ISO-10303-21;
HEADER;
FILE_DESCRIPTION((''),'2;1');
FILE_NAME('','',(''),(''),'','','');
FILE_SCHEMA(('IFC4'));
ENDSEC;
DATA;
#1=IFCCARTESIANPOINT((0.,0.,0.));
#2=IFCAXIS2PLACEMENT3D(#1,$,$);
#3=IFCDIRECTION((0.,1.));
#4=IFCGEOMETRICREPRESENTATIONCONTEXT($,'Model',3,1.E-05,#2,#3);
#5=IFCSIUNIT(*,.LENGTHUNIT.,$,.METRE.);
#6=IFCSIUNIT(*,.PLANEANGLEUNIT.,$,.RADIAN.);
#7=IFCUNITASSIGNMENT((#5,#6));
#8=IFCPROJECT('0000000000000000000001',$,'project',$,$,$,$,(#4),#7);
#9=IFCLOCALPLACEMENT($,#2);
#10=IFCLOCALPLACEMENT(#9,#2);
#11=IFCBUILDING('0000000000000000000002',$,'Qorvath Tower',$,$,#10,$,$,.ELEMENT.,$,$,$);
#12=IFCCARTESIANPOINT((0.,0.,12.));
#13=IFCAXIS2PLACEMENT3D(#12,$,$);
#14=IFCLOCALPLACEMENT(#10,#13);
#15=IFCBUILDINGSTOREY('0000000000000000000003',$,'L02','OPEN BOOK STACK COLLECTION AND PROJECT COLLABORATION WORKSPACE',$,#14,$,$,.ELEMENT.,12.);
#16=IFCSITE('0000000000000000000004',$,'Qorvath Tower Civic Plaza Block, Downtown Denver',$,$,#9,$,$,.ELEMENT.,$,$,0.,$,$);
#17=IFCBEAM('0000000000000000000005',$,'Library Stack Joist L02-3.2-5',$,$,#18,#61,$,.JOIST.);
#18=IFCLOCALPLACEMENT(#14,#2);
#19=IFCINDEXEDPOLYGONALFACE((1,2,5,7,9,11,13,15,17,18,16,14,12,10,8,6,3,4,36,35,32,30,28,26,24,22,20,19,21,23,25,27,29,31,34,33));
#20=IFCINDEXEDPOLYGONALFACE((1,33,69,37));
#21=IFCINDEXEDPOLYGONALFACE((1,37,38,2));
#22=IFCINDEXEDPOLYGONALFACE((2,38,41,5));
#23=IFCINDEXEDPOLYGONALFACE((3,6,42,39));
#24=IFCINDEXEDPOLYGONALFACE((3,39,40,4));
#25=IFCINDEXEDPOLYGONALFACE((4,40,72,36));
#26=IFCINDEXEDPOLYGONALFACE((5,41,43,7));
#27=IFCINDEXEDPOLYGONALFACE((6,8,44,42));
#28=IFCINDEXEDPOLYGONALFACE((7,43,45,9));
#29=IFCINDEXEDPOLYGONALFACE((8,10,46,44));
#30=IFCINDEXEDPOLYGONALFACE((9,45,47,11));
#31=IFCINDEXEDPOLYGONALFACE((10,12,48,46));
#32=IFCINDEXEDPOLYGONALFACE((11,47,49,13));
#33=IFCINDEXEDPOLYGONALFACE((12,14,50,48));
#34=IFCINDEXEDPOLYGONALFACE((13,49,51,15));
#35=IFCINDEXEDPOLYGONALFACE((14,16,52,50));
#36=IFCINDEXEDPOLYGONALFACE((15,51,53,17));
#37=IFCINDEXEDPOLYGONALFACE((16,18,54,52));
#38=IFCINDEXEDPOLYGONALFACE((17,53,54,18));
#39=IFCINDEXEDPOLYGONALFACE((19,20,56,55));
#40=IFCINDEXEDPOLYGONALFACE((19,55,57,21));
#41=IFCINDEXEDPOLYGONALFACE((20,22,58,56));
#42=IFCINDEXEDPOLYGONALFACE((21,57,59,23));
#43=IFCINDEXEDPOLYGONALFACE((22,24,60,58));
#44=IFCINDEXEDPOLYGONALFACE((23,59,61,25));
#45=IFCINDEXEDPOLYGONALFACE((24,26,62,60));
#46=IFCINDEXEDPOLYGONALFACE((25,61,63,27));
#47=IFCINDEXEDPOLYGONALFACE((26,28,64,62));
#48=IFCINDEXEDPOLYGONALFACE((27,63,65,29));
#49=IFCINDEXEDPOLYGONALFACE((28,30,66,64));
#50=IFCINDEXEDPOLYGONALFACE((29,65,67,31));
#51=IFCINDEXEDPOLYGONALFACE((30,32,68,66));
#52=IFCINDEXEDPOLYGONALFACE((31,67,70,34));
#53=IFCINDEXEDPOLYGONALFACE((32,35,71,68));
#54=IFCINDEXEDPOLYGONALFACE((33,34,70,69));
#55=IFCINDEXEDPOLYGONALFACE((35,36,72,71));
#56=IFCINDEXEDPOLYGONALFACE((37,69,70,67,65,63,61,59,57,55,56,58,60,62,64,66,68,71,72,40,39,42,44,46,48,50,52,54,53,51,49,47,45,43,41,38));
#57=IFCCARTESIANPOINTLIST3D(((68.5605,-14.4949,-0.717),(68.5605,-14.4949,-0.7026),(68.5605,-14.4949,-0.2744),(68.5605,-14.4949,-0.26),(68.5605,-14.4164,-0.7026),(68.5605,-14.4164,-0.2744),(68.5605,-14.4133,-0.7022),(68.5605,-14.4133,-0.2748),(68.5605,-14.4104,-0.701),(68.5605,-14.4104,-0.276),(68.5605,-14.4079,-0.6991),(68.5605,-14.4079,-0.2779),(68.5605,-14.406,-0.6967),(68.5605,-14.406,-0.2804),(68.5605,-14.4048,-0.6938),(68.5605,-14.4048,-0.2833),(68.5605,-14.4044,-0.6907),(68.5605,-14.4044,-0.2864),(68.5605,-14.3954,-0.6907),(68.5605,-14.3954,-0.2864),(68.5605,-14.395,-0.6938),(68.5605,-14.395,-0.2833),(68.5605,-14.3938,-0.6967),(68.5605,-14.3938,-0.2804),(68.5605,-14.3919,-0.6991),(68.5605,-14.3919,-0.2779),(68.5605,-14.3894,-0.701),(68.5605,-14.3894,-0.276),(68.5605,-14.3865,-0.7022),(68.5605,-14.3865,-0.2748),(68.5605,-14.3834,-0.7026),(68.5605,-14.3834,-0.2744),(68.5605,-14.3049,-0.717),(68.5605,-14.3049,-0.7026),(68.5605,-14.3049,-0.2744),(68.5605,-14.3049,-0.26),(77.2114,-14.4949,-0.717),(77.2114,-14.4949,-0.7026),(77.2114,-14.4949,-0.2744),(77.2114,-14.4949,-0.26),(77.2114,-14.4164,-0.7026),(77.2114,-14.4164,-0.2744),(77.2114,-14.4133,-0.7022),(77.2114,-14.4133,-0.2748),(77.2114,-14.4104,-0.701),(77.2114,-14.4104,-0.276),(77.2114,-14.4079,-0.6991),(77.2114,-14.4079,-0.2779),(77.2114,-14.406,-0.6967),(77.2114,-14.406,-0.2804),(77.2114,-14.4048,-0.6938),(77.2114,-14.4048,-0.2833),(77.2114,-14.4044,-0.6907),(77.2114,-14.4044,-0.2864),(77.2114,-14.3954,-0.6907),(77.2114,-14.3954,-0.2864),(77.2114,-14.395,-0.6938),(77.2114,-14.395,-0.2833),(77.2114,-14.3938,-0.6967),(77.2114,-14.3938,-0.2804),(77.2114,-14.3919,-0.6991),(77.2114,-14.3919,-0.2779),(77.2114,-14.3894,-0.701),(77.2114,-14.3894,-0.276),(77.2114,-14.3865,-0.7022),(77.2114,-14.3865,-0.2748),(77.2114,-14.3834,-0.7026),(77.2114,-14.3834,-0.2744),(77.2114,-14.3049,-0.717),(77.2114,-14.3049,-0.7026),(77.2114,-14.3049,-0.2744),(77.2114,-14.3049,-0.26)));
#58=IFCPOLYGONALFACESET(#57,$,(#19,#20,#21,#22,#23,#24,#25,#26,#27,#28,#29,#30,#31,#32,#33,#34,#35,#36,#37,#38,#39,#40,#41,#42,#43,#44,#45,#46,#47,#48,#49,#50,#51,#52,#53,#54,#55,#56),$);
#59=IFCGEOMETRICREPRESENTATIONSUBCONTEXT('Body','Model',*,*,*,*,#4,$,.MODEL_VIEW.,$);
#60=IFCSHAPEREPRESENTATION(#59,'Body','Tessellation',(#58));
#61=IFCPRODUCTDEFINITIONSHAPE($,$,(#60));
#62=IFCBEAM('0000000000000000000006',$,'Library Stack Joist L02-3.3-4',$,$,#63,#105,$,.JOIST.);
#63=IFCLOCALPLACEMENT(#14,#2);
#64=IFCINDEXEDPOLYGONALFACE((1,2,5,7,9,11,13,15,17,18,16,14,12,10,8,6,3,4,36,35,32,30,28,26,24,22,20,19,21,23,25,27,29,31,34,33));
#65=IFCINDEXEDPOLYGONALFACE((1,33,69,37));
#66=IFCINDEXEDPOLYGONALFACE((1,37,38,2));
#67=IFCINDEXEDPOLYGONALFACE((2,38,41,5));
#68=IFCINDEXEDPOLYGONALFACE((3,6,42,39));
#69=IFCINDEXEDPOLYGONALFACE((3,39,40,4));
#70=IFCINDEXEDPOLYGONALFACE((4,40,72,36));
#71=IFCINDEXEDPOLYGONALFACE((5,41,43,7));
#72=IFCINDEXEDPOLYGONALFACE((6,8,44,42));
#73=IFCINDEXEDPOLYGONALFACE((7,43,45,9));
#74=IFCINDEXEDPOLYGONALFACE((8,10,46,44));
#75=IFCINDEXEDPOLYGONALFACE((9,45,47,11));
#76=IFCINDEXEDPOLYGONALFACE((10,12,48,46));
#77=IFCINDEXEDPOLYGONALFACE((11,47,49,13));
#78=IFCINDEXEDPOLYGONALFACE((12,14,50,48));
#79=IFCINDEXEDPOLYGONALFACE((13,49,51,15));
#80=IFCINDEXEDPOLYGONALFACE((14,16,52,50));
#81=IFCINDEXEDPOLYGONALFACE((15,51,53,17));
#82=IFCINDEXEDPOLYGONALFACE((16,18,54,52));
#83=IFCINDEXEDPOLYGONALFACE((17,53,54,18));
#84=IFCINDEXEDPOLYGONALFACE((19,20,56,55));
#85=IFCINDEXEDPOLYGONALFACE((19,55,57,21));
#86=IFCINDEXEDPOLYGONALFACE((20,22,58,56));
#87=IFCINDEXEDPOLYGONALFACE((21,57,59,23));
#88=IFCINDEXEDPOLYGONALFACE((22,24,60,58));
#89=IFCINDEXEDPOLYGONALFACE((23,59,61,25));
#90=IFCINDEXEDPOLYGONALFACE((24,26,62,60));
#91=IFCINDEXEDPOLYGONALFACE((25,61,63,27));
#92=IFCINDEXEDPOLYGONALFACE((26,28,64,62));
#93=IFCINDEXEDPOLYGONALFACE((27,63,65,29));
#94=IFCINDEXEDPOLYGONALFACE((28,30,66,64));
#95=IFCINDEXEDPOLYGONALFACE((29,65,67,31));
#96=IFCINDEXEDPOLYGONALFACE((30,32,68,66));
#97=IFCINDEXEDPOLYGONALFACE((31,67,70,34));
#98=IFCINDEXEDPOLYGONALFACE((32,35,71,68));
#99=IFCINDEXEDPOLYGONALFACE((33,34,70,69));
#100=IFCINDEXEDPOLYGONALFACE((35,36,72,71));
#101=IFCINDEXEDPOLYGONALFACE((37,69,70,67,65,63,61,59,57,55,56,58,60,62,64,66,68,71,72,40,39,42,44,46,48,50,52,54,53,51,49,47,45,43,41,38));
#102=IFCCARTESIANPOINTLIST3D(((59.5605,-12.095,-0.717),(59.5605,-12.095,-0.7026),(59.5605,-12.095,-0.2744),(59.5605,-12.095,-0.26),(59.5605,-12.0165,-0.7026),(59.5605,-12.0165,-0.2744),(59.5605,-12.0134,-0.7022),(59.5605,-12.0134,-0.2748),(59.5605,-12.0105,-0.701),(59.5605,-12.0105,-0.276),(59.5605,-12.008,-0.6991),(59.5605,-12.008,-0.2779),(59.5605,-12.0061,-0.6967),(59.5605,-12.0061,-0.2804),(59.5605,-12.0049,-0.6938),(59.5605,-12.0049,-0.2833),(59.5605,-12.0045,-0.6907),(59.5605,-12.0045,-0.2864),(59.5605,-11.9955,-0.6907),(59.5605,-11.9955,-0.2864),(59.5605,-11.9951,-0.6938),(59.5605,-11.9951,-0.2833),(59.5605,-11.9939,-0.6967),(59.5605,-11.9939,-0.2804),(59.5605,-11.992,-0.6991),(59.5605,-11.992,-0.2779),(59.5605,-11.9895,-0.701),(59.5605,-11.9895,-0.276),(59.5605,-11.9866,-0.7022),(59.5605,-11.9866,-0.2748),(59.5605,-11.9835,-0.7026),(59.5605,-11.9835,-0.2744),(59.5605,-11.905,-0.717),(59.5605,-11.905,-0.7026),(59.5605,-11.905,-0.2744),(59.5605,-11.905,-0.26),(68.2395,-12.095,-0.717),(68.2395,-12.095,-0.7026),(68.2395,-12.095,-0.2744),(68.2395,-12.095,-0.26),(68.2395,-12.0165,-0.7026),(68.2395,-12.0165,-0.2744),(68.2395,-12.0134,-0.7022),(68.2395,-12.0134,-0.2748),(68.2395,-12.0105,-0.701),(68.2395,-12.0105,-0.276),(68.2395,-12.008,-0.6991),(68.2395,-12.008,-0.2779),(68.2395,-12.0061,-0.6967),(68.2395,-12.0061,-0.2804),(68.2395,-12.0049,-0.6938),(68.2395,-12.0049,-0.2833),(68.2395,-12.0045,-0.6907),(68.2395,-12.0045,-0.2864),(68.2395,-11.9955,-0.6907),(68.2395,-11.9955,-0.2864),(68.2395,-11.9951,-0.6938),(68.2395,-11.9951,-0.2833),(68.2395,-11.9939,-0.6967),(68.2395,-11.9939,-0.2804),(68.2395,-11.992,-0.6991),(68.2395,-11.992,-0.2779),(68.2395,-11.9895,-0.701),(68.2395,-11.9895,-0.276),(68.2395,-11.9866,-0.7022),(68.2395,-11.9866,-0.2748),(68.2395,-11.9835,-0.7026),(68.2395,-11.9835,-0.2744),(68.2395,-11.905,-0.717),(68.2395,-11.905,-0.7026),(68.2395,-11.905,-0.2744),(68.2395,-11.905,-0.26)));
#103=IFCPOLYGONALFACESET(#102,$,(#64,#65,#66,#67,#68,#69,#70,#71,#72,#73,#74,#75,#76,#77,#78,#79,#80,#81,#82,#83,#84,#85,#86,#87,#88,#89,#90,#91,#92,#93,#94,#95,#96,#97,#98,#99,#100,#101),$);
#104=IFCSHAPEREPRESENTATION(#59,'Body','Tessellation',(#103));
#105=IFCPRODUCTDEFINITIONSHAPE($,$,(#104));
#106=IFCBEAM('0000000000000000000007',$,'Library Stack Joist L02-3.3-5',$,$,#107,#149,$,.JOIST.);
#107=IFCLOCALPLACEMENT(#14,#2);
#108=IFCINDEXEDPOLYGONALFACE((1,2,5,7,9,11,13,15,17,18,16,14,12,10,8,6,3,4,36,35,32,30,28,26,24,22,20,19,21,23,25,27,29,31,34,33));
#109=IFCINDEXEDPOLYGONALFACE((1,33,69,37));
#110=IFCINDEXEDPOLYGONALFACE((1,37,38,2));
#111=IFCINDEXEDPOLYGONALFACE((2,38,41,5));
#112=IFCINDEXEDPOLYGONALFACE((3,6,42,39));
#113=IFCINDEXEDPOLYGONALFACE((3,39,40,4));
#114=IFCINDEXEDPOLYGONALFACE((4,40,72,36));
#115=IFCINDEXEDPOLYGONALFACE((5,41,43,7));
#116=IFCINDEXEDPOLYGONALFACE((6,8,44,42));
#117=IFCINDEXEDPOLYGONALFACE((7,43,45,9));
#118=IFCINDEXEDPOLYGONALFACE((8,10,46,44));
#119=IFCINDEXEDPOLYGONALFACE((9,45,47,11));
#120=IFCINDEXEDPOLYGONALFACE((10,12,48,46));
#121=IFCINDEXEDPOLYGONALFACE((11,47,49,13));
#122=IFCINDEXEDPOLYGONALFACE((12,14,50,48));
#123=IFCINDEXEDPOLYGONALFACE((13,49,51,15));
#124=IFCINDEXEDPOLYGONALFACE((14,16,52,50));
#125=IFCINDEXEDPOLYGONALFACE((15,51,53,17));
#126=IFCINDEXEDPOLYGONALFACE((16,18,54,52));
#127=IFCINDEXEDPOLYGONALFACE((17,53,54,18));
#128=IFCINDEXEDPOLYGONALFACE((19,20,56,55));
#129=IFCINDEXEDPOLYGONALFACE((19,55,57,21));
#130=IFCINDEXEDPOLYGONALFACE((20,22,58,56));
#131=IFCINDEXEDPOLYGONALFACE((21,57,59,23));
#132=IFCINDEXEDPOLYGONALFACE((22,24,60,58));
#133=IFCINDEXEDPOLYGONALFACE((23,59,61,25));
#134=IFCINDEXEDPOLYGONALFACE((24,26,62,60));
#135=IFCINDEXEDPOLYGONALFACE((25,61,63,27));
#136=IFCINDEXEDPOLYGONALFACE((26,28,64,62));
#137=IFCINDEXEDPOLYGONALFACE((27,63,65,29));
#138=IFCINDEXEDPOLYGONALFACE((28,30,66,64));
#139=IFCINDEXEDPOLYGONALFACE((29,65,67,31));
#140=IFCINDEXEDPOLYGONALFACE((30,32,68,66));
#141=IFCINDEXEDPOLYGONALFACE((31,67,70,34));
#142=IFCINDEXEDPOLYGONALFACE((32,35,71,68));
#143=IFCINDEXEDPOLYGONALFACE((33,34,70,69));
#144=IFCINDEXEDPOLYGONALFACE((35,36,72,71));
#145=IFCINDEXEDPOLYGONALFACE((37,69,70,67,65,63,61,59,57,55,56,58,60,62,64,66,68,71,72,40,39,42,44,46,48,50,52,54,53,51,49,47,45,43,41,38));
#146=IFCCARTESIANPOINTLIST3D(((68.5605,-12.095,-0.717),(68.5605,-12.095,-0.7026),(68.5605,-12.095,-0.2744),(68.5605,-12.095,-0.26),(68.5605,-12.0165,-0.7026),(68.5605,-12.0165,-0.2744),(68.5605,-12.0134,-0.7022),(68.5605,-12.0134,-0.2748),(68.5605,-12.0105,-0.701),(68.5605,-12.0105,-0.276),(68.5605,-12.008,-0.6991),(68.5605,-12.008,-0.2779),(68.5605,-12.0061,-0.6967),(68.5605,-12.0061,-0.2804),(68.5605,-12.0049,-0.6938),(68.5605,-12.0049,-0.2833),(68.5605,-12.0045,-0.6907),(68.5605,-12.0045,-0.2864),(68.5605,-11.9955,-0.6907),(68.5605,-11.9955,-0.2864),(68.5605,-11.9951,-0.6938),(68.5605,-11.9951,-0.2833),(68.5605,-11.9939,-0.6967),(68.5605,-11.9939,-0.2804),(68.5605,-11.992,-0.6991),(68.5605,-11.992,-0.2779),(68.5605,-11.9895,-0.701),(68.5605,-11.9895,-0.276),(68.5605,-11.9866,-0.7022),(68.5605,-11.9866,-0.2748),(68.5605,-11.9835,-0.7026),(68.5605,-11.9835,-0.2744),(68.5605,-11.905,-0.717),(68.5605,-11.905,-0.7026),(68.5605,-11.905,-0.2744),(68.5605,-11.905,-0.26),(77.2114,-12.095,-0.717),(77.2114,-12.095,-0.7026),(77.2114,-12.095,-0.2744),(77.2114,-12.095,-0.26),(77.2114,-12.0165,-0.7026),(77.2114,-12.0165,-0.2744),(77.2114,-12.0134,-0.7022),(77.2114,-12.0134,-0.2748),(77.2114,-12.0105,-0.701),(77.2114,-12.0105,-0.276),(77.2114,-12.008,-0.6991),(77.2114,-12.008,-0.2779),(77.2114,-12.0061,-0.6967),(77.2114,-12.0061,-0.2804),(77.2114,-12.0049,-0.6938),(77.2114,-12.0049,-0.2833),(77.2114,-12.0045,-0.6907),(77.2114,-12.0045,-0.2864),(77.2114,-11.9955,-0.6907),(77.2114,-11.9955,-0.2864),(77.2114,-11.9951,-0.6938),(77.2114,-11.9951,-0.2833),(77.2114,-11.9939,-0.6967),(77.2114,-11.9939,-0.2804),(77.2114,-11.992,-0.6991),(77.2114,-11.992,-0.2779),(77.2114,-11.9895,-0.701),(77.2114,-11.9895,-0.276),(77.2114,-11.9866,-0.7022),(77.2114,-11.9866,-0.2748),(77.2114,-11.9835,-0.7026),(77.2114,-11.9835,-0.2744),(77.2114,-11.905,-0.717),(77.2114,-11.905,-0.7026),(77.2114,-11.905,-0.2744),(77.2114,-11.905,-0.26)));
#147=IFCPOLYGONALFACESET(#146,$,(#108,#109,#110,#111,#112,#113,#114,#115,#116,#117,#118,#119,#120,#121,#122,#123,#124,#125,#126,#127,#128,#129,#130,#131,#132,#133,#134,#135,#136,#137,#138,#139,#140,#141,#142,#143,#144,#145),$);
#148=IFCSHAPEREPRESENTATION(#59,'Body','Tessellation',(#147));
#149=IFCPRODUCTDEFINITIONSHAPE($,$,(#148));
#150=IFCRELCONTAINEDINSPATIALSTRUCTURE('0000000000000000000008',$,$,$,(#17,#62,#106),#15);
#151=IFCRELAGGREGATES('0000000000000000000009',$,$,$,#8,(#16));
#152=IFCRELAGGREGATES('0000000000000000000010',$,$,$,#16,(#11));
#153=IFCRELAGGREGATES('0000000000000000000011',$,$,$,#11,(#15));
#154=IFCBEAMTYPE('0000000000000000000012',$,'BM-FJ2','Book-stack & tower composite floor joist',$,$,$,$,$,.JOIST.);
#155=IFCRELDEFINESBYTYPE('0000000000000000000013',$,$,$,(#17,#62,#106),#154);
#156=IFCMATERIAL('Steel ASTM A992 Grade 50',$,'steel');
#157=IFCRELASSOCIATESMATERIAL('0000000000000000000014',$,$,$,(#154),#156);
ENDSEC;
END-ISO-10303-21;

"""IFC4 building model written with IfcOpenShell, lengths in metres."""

from ifc_helpers import new_model, si_unit, direction, frame, origin, origin_2d, place, context, subcontext, project, spatial, i_section, extrude, material, material_profile, profile_set, type_object, element, save


model = new_model("IFC4")

# Units and contexts
model_context = context("Model", 3, precision=1e-05, world=origin(), true_north=direction((0.0, 1.0)))
body_context = subcontext(model_context, "Body", "Model", "MODEL_VIEW")
ifc_project = project(units=[si_unit("LENGTHUNIT", "METRE"), si_unit("PLANEANGLEUNIT", "RADIAN")], contexts=[model_context])

# Site, building, storey
site_placement = place(None, origin())
site = spatial("IfcSite", under=ifc_project, at=site_placement, Name="Qorvath Tower Civic Plaza Block, Downtown Denver", CompositionType="ELEMENT", RefElevation=0.0)
building_placement = place(site_placement, origin())
building = spatial("IfcBuilding", under=site, at=building_placement, Name="Qorvath Tower", CompositionType="ELEMENT")
storey_placement = place(building_placement, frame((0.0, 0.0, 12.0)))
storey = spatial("IfcBuildingStorey", under=building, at=storey_placement, Name="L02", Description="OPEN BOOK STACK COLLECTION AND PROJECT COLLABORATION WORKSPACE", CompositionType="ELEMENT", Elevation=12.0)

# Beams
ifc_material_1 = material(Name="Steel ASTM A992 Grade 50", Category="steel")
ifc_material_profile_1 = material_profile(ifc_material_1, i_section(OverallWidth=0.1899, OverallDepth=0.457, WebThickness=0.009, FlangeThickness=0.0144, FilletRadius=0.012, at=origin_2d()), Name="W18x50")
ifc_profile_set_1 = profile_set([ifc_material_profile_1], Name="Steel ASTM A992 Grade 50")
beam_type_1 = type_object("IfcBeamType", Name="BM-FJ2", Description="Book-stack & tower composite floor joist", PredefinedType="JOIST", material=ifc_profile_set_1)
beam_1_placement = place(storey_placement, frame((68.5605, -14.3999, -0.4885), z_axis=(1.0, 0.0, 0.0), x_axis=(0.0, 1.0, 0.0)))
element("IfcBeam", 1, at=beam_1_placement, inside=storey, type_object=beam_type_1, Name="Library Stack Joist L02-3.2-5", PredefinedType="JOIST", context=body_context, shape_type="SweptSolid", body=[
    extrude(i_section(OverallWidth=0.1899, OverallDepth=0.457, WebThickness=0.009, FlangeThickness=0.0144, FilletRadius=0.012, at=origin_2d()), origin(), (0.0, 0.0, 1.0), 8.6509),
])
beam_2_placement = place(storey_placement, frame((59.5605, -12.0, -0.4885), z_axis=(1.0, 0.0, 0.0), x_axis=(0.0, 1.0, 0.0)))
element("IfcBeam", 2, at=beam_2_placement, inside=storey, type_object=beam_type_1, Name="Library Stack Joist L02-3.3-4", PredefinedType="JOIST", context=body_context, shape_type="SweptSolid", body=[
    extrude(i_section(OverallWidth=0.1899, OverallDepth=0.457, WebThickness=0.009, FlangeThickness=0.0144, FilletRadius=0.012, at=origin_2d()), origin(), (0.0, 0.0, 1.0), 8.679),
])
beam_3_placement = place(storey_placement, frame((68.5605, -12.0, -0.4885), z_axis=(1.0, 0.0, 0.0), x_axis=(0.0, 1.0, 0.0)))
element("IfcBeam", 3, at=beam_3_placement, inside=storey, type_object=beam_type_1, Name="Library Stack Joist L02-3.3-5", PredefinedType="JOIST", context=body_context, shape_type="SweptSolid", body=[
    extrude(i_section(OverallWidth=0.1899, OverallDepth=0.457, WebThickness=0.009, FlangeThickness=0.0144, FilletRadius=0.012, at=origin_2d()), origin(), (0.0, 0.0, 1.0), 8.6509),
])

save(model, "model.ifc")
